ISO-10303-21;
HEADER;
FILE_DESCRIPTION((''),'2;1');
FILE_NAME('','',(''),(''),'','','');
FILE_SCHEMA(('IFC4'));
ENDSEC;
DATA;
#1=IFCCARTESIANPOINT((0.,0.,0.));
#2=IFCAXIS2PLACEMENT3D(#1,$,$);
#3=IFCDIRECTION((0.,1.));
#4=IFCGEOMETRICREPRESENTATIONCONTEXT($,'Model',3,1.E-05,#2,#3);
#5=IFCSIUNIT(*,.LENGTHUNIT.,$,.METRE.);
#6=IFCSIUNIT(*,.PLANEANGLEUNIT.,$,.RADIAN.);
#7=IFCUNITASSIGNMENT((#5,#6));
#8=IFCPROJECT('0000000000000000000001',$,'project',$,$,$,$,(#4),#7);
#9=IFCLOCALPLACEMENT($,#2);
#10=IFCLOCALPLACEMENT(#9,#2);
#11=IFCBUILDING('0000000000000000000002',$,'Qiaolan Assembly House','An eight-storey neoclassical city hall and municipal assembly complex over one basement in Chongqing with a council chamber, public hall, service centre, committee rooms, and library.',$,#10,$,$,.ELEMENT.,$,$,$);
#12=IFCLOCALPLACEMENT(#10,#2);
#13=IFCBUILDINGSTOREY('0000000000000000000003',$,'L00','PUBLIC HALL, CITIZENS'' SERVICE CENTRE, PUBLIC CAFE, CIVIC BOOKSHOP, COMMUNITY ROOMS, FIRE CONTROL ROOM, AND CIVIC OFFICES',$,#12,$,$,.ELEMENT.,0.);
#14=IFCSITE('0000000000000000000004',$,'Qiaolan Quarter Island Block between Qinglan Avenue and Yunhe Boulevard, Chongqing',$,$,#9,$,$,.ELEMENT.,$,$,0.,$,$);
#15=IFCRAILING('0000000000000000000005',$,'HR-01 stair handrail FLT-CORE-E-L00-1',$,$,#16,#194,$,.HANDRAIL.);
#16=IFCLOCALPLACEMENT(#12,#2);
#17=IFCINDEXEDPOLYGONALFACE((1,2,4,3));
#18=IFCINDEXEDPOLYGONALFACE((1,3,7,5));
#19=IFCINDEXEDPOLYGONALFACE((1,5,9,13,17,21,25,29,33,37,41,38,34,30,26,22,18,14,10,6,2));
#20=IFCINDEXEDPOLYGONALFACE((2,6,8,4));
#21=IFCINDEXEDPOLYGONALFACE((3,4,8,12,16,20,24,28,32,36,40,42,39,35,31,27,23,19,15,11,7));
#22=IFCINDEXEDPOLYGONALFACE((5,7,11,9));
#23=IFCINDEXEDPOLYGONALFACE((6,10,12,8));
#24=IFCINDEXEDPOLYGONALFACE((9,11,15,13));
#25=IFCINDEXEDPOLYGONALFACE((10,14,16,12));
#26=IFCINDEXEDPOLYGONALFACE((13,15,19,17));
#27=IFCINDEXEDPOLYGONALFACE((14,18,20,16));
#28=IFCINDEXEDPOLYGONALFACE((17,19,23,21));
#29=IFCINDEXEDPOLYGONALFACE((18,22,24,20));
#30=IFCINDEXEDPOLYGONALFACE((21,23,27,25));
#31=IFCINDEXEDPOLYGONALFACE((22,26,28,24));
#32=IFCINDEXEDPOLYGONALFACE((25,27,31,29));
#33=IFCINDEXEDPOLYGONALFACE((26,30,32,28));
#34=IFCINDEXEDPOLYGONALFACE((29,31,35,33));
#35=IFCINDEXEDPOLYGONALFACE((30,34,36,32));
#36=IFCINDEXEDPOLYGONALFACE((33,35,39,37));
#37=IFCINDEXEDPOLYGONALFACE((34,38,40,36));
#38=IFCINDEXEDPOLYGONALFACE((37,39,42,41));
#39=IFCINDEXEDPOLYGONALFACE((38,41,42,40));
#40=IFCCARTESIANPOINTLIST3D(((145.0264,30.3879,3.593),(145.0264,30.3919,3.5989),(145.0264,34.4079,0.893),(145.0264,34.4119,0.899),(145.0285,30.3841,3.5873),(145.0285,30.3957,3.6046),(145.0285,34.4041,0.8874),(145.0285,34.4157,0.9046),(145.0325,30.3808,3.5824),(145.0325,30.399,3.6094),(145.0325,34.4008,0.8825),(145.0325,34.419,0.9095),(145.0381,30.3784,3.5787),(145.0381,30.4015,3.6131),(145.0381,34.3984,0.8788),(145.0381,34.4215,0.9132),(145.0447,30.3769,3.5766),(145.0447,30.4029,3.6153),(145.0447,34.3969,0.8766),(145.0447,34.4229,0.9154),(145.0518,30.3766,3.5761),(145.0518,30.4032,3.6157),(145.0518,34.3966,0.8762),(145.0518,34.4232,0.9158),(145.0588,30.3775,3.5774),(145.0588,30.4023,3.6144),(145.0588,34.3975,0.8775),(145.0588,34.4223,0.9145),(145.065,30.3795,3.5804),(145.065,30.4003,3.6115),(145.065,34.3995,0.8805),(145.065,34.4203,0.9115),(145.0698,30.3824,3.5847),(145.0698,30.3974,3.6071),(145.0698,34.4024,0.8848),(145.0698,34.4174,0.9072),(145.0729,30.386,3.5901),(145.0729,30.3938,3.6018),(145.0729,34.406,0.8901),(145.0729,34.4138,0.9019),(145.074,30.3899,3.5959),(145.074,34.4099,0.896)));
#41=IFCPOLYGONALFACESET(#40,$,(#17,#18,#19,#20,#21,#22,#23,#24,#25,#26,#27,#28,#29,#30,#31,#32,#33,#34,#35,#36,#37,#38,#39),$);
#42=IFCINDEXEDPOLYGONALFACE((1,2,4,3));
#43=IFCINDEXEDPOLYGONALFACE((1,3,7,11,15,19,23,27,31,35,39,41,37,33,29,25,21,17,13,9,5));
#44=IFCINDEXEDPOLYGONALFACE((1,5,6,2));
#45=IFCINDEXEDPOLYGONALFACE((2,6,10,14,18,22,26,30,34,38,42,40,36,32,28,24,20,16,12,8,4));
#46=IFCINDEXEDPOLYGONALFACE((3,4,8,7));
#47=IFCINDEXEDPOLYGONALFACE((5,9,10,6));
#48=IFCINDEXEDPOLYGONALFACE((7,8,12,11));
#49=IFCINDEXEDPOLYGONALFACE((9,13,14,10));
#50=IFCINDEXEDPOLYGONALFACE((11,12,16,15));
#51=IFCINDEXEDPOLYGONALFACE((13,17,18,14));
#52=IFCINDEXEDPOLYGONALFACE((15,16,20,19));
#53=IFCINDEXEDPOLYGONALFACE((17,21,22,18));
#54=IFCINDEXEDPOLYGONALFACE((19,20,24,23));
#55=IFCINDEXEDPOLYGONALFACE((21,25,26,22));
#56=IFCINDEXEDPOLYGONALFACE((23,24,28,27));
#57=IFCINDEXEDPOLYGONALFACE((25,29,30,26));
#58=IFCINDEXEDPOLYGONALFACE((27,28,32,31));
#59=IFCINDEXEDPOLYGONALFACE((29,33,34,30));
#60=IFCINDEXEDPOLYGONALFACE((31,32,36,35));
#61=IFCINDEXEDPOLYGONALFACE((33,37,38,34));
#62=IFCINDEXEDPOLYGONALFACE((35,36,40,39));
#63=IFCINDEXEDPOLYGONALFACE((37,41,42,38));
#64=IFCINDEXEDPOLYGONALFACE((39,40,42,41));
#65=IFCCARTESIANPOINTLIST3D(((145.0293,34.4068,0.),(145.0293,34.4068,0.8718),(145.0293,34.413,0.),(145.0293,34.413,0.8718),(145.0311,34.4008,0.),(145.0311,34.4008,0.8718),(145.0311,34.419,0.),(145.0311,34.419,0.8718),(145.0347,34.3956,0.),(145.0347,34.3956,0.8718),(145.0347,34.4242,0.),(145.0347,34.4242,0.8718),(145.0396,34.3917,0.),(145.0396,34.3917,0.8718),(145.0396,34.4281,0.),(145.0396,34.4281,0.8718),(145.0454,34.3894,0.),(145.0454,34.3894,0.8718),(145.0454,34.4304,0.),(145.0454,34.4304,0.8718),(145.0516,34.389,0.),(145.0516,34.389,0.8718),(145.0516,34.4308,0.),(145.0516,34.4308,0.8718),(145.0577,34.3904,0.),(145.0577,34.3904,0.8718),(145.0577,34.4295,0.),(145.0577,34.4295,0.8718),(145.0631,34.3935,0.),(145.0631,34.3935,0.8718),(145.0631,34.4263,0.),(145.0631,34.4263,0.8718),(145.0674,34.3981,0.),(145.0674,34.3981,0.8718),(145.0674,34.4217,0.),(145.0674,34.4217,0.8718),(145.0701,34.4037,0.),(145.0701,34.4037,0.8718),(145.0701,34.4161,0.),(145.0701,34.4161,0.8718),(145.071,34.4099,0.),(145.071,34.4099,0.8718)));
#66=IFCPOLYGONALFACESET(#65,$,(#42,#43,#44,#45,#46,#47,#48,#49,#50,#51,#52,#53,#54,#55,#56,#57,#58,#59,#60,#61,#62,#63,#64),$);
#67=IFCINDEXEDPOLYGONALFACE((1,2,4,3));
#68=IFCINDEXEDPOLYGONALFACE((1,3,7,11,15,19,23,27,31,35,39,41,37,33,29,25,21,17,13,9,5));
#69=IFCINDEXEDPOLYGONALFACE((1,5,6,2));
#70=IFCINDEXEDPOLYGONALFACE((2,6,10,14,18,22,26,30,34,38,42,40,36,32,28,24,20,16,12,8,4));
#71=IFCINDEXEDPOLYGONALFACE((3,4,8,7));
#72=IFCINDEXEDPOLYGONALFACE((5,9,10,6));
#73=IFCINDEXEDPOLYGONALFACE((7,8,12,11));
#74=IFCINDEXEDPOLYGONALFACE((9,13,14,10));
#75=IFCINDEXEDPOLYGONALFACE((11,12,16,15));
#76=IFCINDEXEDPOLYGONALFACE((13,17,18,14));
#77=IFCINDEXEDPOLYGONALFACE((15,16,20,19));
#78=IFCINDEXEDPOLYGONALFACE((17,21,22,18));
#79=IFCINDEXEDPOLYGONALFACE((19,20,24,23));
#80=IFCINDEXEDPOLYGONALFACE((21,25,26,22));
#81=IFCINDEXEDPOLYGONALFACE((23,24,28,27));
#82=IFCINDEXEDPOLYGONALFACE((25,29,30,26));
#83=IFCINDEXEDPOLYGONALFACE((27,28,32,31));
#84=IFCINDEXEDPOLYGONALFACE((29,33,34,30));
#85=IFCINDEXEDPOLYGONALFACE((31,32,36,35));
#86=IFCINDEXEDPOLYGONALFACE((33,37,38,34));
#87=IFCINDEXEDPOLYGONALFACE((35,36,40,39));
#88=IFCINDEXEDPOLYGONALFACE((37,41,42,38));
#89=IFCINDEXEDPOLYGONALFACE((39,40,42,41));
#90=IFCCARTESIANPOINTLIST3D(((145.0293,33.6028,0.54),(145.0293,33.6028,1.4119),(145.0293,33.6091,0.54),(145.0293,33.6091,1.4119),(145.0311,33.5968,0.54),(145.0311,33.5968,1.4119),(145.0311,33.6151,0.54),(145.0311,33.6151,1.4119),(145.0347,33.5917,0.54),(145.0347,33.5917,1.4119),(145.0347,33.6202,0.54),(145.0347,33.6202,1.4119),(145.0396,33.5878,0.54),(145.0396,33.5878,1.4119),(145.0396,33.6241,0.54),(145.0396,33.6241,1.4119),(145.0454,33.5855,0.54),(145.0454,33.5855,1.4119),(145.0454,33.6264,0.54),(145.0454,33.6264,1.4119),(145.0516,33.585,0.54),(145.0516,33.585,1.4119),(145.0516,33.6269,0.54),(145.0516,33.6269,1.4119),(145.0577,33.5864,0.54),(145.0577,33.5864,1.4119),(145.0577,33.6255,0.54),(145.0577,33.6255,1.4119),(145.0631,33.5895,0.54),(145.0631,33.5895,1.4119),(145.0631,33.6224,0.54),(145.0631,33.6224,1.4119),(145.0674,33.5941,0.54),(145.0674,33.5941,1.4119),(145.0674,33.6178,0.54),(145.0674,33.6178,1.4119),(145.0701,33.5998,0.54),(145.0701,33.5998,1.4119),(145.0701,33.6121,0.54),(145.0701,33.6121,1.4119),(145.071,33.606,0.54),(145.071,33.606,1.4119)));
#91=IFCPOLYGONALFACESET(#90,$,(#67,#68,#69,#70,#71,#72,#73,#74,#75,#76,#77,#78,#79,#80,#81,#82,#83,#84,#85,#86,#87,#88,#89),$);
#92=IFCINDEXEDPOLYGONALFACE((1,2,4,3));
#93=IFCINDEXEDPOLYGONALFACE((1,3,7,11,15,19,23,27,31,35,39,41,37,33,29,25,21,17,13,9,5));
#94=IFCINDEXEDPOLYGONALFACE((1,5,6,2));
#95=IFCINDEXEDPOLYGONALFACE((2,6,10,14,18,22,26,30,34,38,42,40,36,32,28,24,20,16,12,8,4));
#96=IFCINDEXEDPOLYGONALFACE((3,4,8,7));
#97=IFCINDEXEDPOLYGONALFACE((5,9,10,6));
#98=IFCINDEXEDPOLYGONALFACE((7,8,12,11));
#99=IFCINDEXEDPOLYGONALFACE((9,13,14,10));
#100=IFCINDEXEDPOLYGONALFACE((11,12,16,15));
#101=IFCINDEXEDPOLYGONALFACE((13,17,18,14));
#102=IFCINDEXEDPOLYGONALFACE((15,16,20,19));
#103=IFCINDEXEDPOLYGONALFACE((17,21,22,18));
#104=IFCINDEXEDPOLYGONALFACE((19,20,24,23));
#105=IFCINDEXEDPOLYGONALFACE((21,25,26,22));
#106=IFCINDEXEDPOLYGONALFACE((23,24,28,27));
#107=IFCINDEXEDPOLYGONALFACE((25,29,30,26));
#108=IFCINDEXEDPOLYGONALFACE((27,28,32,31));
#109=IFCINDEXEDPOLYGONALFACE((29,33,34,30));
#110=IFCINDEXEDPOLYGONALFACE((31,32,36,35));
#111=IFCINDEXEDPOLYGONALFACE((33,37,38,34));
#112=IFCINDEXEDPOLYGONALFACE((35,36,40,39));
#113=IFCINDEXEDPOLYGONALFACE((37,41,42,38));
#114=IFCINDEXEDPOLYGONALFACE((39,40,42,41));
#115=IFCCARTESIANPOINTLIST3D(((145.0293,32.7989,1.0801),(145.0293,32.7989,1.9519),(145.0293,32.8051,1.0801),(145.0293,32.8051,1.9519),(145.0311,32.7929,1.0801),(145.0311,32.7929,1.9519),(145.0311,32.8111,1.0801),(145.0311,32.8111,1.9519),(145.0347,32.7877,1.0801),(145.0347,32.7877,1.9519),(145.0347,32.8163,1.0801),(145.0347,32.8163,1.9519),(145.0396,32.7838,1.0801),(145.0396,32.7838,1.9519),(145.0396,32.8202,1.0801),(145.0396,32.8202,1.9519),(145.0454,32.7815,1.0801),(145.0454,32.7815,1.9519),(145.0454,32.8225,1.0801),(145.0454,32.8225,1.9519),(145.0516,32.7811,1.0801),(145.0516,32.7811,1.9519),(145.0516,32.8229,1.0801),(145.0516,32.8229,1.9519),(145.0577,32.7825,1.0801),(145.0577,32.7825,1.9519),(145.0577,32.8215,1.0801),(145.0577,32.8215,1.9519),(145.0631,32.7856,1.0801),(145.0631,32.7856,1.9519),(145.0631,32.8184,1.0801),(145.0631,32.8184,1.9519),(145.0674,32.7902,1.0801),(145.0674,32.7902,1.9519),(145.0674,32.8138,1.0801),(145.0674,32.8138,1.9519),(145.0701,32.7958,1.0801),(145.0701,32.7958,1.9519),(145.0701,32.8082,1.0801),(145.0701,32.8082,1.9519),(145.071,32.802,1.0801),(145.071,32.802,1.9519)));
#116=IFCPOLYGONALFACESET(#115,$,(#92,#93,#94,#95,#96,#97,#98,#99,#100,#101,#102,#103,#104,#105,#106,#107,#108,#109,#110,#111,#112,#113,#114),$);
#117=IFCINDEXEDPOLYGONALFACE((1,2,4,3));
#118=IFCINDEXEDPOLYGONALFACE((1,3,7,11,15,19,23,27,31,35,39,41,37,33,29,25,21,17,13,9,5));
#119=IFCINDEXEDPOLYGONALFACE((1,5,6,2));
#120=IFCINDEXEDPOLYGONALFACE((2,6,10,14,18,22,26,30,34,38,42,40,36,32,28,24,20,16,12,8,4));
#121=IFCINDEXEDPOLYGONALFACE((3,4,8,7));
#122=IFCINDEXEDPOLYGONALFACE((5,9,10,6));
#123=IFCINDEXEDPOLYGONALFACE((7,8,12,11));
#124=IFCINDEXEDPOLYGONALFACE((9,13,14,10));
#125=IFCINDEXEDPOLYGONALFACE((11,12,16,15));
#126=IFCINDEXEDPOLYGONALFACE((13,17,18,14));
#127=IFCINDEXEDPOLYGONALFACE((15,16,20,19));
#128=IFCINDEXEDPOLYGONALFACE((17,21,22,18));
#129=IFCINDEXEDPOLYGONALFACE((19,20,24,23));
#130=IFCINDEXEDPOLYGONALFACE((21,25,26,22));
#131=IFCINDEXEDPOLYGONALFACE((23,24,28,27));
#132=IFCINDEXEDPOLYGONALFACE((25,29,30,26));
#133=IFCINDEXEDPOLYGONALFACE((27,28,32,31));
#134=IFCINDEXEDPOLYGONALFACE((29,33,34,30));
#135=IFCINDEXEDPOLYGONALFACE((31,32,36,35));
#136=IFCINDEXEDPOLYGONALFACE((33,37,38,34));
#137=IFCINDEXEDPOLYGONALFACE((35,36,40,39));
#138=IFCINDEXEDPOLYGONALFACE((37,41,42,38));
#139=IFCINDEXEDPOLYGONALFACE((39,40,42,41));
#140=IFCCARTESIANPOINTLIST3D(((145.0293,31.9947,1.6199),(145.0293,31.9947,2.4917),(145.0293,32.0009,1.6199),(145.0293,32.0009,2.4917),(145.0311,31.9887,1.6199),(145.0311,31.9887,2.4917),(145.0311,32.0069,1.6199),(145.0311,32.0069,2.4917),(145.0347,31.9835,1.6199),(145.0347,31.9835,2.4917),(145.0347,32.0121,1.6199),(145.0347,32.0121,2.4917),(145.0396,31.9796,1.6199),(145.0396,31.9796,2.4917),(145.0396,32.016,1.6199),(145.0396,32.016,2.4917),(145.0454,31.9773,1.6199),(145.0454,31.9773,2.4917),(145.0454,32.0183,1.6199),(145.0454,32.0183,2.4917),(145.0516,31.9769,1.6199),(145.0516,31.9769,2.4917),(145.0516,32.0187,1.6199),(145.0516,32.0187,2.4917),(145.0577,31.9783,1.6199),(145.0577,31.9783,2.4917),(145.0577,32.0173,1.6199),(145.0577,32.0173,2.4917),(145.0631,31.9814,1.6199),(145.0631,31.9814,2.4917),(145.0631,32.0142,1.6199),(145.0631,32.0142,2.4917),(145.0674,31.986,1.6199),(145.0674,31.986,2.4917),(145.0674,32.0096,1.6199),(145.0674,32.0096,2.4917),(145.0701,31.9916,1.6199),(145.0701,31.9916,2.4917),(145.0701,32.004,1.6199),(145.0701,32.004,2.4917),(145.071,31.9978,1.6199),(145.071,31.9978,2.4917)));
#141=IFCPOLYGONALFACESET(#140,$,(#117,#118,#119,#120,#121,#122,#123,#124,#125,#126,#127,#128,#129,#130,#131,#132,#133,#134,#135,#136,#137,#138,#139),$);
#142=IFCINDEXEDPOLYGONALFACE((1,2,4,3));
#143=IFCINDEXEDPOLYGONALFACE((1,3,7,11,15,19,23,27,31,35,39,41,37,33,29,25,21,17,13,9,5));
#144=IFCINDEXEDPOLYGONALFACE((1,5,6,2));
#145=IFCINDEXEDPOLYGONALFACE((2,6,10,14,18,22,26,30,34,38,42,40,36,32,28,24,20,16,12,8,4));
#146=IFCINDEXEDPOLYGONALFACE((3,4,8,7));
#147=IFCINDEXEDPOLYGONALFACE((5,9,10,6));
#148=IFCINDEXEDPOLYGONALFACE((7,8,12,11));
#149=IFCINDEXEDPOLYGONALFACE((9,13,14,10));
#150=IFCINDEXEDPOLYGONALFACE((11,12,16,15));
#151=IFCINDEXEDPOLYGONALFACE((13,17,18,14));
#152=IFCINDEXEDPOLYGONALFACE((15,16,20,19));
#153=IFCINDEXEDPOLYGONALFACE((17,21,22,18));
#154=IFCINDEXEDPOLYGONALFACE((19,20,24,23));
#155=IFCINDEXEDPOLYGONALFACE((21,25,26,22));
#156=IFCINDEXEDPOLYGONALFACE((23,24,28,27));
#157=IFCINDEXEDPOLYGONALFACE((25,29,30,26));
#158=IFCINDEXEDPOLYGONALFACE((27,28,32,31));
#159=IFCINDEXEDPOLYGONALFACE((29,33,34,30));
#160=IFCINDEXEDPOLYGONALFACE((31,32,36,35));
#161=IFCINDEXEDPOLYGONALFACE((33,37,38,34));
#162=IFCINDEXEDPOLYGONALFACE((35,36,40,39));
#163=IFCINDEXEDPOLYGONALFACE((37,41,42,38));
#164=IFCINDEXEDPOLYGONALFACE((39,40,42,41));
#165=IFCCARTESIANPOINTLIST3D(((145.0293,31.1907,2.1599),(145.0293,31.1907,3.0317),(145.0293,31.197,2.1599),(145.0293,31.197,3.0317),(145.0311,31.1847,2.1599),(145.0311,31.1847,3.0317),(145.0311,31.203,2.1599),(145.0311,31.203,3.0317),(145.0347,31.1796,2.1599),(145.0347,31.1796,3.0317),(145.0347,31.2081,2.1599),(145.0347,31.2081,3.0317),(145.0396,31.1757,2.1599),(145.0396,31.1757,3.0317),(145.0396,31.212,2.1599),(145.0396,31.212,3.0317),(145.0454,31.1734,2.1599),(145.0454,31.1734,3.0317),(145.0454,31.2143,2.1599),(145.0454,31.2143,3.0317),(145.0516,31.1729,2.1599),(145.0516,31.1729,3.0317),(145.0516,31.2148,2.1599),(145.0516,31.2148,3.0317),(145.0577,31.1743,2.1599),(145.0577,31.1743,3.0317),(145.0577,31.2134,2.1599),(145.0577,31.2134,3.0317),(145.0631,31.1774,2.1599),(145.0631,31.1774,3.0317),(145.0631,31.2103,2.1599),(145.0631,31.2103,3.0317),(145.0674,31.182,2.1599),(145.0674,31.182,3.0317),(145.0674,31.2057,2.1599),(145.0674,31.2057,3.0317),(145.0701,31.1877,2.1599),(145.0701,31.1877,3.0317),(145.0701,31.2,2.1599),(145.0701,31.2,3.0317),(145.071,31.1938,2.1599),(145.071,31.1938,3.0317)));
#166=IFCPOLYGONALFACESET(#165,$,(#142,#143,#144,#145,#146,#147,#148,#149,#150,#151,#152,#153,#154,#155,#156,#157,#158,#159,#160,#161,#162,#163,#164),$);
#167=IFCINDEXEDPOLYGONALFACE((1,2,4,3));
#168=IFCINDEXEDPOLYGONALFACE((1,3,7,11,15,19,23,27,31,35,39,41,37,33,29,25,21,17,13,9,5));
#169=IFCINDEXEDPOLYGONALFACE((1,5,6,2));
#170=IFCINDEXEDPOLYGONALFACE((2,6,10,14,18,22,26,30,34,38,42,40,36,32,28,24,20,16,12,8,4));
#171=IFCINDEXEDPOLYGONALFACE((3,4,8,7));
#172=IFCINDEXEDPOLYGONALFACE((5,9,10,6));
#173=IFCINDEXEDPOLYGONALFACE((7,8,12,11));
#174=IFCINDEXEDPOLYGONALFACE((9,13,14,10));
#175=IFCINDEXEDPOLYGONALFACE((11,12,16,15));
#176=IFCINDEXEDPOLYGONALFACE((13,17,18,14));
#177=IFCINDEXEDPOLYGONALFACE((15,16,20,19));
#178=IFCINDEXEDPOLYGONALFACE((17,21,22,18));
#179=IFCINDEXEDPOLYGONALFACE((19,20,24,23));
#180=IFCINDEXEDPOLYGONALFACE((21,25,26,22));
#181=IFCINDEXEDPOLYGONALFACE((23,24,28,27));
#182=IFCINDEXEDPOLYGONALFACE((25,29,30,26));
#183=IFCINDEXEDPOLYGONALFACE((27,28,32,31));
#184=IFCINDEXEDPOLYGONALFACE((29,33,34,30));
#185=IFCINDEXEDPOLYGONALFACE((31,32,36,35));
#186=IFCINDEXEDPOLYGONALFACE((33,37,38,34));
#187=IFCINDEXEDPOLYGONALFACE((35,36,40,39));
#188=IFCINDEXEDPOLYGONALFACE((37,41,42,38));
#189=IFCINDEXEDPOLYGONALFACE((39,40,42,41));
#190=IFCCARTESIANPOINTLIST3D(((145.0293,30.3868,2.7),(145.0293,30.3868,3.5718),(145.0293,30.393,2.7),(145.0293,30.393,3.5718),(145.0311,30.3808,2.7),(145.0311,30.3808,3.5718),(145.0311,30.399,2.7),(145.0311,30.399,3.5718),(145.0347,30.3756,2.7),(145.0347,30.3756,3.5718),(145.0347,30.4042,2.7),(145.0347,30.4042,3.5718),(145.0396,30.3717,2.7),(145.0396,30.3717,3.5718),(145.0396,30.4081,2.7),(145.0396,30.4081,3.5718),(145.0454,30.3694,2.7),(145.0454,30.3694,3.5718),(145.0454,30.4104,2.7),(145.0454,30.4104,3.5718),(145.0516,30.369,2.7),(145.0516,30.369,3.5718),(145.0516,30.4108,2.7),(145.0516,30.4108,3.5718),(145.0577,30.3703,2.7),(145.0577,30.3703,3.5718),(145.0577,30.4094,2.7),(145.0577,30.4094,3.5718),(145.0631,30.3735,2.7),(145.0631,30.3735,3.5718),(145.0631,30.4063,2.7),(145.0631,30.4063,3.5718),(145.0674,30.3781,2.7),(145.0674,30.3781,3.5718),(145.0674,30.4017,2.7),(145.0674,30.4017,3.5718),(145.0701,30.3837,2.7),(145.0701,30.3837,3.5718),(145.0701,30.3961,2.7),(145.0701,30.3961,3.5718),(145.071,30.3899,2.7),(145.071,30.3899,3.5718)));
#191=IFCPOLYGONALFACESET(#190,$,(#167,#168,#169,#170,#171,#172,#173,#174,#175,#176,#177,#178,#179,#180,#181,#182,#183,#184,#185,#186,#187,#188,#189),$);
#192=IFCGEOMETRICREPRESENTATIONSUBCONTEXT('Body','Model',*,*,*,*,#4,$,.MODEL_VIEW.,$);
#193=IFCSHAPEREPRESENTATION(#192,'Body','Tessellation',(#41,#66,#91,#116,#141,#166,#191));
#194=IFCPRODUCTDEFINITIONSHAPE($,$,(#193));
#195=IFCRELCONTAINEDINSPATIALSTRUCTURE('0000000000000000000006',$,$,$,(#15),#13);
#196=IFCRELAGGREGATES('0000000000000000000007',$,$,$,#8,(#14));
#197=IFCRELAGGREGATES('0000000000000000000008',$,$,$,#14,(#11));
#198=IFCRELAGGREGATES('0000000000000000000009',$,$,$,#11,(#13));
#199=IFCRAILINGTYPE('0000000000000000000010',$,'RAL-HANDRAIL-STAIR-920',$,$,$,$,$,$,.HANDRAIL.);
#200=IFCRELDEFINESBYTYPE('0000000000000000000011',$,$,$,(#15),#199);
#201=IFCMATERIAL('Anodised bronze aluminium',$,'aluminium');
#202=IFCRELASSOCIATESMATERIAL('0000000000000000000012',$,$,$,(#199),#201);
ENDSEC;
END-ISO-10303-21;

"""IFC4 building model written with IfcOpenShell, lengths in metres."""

from ifc_helpers import new_model, si_unit, direction, frame, origin, origin_2d, place, context, subcontext, project, spatial, circle, extrude, material, type_object, element, save


model = new_model("IFC4")

# Units and contexts
model_context = context("Model", 3, precision=1e-05, world=origin(), true_north=direction((0.0, 1.0)))
body_context = subcontext(model_context, "Body", "Model", "MODEL_VIEW")
ifc_project = project(units=[si_unit("LENGTHUNIT", "METRE"), si_unit("PLANEANGLEUNIT", "RADIAN")], contexts=[model_context])

# Site, building, storey
site_placement = place(None, origin())
site = spatial("IfcSite", under=ifc_project, at=site_placement, Name="Qiaolan Quarter Island Block between Qinglan Avenue and Yunhe Boulevard, Chongqing", CompositionType="ELEMENT", RefElevation=0.0)
building_placement = place(site_placement, origin())
building = spatial("IfcBuilding", under=site, at=building_placement, Name="Qiaolan Assembly House", Description="An eight-storey neoclassical city hall and municipal assembly complex over one basement in Chongqing with a council chamber, public hall, service centre, committee rooms, and library.", CompositionType="ELEMENT")
storey_placement = place(building_placement, origin())
storey = spatial("IfcBuildingStorey", under=building, at=storey_placement, Name="L00", Description="PUBLIC HALL, CITIZENS' SERVICE CENTRE, PUBLIC CAFE, CIVIC BOOKSHOP, COMMUNITY ROOMS, FIRE CONTROL ROOM, AND CIVIC OFFICES", CompositionType="ELEMENT", Elevation=0.0)

# Shared definitions
ifc_material_1 = material(Name="Anodised bronze aluminium", Category="aluminium")

# Railing
railing_type_1 = type_object("IfcRailingType", Name="RAL-HANDRAIL-STAIR-920", PredefinedType="HANDRAIL", material=ifc_material_1)
railing_1_placement = place(storey_placement, frame((145.05, 34.4099, 0.0)))
element("IfcRailing", 1, at=railing_1_placement, inside=storey, type_object=railing_type_1, Name="HR-01 stair handrail FLT-CORE-E-L00-1", PredefinedType="HANDRAIL", context=body_context, shape_type="SweptSolid", body=[
    extrude(circle(Radius=0.0239, at=origin_2d()), frame((0.0, 0.0, 0.896), z_axis=(0.0, -0.830145, 0.557547), x_axis=(1.0, 0.0, 0.0)), (0.0, 0.0, 1.0), 4.8425),
    extrude(circle(Radius=0.021, at=origin_2d()), origin(), (0.0, 0.0, 1.0), 0.8718),
    extrude(circle(Radius=0.021, at=origin_2d()), frame((0.0, -0.804, 0.54)), (0.0, 0.0, 1.0), 0.8718),
    extrude(circle(Radius=0.021, at=origin_2d()), frame((0.0, -1.6079, 1.0801)), (0.0, 0.0, 1.0), 0.8718),
    extrude(circle(Radius=0.021, at=origin_2d()), frame((0.0, -2.4121, 1.6199)), (0.0, 0.0, 1.0), 0.8718),
    extrude(circle(Radius=0.021, at=origin_2d()), frame((0.0, -3.2161, 2.1599)), (0.0, 0.0, 1.0), 0.8718),
    extrude(circle(Radius=0.021, at=origin_2d()), frame((0.0, -4.02, 2.7)), (0.0, 0.0, 1.0), 0.8718),
])

save(model, "model.ifc")
